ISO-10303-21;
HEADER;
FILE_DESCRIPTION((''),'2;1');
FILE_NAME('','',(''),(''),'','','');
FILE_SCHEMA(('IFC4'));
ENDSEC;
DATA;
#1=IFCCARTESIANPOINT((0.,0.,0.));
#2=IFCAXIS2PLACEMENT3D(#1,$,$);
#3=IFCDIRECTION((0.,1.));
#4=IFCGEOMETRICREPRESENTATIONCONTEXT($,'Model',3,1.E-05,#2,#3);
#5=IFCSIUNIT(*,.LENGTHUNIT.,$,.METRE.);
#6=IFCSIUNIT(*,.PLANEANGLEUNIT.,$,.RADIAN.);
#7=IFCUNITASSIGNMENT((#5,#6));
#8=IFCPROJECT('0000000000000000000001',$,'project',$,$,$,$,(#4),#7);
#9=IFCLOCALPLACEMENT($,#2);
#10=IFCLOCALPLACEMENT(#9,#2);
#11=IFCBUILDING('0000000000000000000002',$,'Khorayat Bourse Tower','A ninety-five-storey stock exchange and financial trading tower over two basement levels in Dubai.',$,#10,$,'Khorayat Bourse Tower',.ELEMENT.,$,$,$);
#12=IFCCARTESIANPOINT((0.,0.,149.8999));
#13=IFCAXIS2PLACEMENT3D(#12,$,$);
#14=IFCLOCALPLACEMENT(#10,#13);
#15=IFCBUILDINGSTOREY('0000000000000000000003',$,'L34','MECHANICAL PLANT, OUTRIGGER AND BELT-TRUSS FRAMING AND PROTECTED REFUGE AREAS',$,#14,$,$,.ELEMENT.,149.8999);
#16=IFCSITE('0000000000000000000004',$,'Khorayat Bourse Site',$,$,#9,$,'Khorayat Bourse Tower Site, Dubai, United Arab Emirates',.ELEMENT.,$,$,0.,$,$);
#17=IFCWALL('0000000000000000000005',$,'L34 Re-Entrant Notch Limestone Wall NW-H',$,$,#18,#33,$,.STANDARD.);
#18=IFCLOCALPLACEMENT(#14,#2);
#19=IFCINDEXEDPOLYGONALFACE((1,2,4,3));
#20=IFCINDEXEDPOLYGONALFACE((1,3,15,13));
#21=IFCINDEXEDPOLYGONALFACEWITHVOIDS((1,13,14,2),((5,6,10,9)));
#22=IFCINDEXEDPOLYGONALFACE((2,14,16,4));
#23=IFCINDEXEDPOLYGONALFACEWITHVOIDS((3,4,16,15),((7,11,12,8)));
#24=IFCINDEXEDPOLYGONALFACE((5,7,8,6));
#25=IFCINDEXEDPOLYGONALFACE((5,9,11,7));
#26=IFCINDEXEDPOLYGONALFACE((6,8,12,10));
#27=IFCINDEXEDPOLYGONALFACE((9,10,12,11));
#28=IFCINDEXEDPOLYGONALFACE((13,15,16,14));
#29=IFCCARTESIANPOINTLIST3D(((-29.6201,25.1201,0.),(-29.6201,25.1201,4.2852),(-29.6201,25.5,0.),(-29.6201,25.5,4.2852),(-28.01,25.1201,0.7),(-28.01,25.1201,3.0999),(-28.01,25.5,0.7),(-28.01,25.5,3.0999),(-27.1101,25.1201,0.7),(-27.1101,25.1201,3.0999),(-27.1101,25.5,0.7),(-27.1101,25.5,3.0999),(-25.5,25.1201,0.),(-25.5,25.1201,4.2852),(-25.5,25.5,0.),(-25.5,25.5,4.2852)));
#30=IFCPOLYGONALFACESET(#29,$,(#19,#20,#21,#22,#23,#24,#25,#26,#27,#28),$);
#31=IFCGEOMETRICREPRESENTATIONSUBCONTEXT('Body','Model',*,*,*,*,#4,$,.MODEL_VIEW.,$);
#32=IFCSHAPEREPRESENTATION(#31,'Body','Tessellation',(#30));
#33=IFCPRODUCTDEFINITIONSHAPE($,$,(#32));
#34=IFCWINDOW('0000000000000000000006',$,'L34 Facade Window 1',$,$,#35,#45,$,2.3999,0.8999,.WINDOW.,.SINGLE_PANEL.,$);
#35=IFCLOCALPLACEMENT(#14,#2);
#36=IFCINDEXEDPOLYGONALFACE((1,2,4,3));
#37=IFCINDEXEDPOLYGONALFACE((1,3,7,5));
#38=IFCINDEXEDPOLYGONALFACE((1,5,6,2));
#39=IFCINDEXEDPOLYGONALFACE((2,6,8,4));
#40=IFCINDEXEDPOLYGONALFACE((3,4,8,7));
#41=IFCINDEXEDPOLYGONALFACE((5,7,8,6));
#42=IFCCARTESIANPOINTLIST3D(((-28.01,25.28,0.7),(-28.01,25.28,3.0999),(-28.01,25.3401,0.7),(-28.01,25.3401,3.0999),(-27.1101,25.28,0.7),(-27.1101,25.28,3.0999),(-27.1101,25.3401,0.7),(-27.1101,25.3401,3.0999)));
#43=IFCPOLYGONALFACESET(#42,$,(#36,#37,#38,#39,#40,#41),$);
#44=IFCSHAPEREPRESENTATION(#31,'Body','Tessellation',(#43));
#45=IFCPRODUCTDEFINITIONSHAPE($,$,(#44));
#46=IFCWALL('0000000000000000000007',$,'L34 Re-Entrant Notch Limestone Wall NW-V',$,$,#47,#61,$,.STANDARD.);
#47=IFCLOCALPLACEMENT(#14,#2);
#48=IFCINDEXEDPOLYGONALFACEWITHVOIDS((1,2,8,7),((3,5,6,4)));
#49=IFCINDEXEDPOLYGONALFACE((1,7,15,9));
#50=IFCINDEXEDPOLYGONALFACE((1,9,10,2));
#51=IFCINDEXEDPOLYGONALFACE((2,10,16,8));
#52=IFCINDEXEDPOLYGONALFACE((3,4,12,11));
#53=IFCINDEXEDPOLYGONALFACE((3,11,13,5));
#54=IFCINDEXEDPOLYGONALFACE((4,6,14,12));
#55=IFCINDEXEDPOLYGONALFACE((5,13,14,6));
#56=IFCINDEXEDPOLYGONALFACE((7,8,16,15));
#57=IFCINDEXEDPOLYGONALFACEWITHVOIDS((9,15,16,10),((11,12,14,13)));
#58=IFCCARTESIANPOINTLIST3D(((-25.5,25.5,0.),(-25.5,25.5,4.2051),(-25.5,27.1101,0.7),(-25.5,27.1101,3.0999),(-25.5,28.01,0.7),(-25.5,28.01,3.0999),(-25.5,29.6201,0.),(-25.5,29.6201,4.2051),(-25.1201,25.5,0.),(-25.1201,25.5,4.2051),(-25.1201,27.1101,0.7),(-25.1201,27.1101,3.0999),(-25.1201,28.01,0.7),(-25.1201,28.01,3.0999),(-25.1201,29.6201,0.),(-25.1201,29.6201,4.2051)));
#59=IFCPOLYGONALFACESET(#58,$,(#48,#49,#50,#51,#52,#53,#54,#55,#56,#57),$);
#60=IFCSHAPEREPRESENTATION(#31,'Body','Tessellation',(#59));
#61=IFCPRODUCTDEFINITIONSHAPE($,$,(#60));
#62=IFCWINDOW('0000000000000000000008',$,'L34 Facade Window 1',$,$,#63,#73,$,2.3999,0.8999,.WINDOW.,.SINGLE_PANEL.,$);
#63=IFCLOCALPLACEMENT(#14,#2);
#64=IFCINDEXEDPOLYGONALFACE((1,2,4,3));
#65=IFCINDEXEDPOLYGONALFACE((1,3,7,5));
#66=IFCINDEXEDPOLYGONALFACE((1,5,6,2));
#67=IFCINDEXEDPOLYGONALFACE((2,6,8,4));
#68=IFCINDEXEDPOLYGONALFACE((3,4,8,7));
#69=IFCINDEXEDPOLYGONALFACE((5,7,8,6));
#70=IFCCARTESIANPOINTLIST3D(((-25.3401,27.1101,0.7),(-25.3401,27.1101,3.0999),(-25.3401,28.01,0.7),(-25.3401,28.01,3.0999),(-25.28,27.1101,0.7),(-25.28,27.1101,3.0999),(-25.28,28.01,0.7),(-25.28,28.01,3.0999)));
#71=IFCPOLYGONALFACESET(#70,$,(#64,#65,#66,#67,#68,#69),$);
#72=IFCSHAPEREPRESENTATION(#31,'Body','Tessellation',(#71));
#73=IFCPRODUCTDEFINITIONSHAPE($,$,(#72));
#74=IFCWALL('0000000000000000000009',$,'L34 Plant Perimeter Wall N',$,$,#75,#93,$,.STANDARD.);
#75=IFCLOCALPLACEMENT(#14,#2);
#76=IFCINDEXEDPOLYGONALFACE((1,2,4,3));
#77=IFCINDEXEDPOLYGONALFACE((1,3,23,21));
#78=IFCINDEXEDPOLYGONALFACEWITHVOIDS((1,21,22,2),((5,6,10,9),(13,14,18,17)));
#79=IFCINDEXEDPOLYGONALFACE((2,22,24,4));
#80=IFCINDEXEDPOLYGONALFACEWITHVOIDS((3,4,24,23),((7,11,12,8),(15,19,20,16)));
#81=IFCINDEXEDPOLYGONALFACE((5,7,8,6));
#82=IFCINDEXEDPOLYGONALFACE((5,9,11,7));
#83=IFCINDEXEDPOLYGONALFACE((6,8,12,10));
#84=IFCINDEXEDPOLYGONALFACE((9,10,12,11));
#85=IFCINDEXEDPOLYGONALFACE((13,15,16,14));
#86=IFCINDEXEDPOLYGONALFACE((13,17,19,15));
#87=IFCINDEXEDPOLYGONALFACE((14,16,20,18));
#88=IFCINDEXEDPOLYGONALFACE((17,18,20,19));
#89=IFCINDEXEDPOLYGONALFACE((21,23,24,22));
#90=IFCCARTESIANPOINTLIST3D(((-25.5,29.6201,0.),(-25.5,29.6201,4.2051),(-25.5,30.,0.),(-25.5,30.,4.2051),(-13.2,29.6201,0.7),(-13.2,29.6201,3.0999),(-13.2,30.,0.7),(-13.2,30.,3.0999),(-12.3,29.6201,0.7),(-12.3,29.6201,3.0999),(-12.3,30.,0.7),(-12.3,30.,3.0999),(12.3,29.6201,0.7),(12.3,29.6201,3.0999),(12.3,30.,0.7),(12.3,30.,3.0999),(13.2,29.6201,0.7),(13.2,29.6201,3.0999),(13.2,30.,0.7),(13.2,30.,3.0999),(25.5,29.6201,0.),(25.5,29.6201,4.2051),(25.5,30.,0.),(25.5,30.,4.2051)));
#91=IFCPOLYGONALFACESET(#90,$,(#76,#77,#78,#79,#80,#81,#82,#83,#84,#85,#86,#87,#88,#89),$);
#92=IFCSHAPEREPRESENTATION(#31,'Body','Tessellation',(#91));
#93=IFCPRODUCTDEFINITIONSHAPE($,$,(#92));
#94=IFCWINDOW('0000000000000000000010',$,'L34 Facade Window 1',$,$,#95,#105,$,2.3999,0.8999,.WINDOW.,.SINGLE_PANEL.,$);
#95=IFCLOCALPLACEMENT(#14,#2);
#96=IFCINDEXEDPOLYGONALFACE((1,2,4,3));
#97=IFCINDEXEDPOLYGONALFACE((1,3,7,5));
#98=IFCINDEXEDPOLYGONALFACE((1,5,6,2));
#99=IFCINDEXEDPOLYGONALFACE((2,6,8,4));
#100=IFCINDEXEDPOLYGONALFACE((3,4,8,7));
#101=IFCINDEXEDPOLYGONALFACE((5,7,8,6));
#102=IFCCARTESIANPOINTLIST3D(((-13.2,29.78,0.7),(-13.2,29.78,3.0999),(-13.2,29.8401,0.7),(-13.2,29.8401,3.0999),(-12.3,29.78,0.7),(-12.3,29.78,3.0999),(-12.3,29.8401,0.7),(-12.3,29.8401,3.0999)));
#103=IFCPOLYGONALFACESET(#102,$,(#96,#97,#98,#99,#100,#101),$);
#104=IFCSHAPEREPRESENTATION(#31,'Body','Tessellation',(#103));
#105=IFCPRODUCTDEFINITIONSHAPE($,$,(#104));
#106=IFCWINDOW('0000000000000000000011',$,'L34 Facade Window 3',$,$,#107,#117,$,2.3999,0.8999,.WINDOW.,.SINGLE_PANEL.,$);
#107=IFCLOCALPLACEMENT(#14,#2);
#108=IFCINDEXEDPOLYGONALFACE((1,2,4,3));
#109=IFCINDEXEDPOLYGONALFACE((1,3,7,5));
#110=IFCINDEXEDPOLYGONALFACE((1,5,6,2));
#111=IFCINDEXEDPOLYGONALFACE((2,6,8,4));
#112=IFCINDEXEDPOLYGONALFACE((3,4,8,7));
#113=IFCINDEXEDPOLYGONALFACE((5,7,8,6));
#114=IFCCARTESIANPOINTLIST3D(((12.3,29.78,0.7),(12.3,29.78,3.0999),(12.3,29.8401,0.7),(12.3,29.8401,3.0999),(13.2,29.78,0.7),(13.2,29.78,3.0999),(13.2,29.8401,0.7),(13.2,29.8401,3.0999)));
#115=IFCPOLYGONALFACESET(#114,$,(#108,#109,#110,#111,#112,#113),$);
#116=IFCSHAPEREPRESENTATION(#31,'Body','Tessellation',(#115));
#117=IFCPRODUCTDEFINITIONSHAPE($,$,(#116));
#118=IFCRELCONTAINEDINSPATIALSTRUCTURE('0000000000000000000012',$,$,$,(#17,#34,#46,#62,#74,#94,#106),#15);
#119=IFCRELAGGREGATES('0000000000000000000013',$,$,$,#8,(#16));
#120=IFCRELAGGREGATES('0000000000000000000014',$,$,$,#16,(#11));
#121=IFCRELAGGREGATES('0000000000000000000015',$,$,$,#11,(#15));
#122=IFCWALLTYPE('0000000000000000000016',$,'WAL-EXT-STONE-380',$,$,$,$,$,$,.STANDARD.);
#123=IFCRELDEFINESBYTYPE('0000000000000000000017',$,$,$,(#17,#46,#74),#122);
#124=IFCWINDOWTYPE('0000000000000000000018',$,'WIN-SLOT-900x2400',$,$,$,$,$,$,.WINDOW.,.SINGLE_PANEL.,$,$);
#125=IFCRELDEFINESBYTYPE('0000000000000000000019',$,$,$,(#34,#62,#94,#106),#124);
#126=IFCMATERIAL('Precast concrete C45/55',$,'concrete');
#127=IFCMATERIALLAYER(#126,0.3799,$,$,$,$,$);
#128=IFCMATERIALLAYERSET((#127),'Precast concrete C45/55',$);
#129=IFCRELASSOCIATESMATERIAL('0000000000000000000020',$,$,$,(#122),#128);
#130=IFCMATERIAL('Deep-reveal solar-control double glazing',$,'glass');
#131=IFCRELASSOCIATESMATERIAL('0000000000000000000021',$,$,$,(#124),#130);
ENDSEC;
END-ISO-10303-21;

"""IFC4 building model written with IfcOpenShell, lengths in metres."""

from ifc_helpers import new_model, si_unit, direction, frame, frame_2d, origin, place, context, subcontext, project, spatial, rectangle, extrude, source, transform, mapped, material, layer, layer_set, type_object, element, fill, save


model = new_model("IFC4")

# Units and contexts
model_context = context("Model", 3, precision=1e-05, world=origin(), true_north=direction((0.0, 1.0)))
body_context = subcontext(model_context, "Body", "Model", "MODEL_VIEW")
ifc_project = project(units=[si_unit("LENGTHUNIT", "METRE"), si_unit("PLANEANGLEUNIT", "RADIAN")], contexts=[model_context])

# Site, building, storey
site_placement = place(None, origin())
site = spatial("IfcSite", under=ifc_project, at=site_placement, Name="Khorayat Bourse Site", LongName="Khorayat Bourse Tower Site, Dubai, United Arab Emirates", CompositionType="ELEMENT", RefElevation=0.0)
building_placement = place(site_placement, origin())
building = spatial("IfcBuilding", under=site, at=building_placement, Name="Khorayat Bourse Tower", Description="A ninety-five-storey stock exchange and financial trading tower over two basement levels in Dubai.", LongName="Khorayat Bourse Tower", CompositionType="ELEMENT")
storey_placement = place(building_placement, frame((0.0, 0.0, 149.8999)))
storey = spatial("IfcBuildingStorey", under=building, at=storey_placement, Name="L34", Description="MECHANICAL PLANT, OUTRIGGER AND BELT-TRUSS FRAMING AND PROTECTED REFUGE AREAS", CompositionType="ELEMENT", Elevation=149.8999)

# Walls, openings, windows
ifc_material_1 = material(Name="Precast concrete C45/55", Category="concrete")
ifc_layer_1 = layer(ifc_material_1, 0.3799)
ifc_layer_set_1 = layer_set([ifc_layer_1], Name="Precast concrete C45/55")
wall_type_1 = type_object("IfcWallType", Name="WAL-EXT-STONE-380", PredefinedType="STANDARD", material=ifc_layer_set_1)
shared_shape_1 = source(origin(), body_context, "Body", "SweptSolid", [
    extrude(rectangle(XDim=4.1201, YDim=0.3799, at=frame_2d((2.0601, 0.0))), origin(), (0.0, 0.0, 1.0), 4.2852),
])
wall_1_placement = place(storey_placement, frame((-25.5, 25.3101, 0.0), z_axis=(0.0, 0.0, 1.0), x_axis=(-1.0, 0.0, 0.0)))
wall_1 = element("IfcWall", 1, at=wall_1_placement, inside=storey, type_object=wall_type_1, Name="L34 Re-Entrant Notch Limestone Wall NW-H", PredefinedType="STANDARD", context=body_context, shape_type="MappedRepresentation", body=[
    mapped(shared_shape_1, transform((0.0, 0.0, 0.0), scale=1.0)),
])
shared_shape_2 = source(origin(), body_context, "Body", "SweptSolid", [
    extrude(rectangle(XDim=0.8999, YDim=2.3999, at=frame_2d((0.45, 1.2))), frame((0.0, 0.2, 0.0), z_axis=(0.0, -1.0, 0.0), x_axis=(1.0, 0.0, 0.0)), (0.0, 0.0, 1.0), 0.3999),
])
opening_1_placement = place(wall_1_placement, frame((1.6101, 0.0, 0.7)))
opening_1 = element("IfcOpeningElement", 2, at=opening_1_placement, cuts=wall_1, PredefinedType="OPENING", context=body_context, shape_type="MappedRepresentation", body=[
    mapped(shared_shape_2, transform((0.0, 0.0, 0.0), scale=1.0)),
])
ifc_material_2 = material(Name="Deep-reveal solar-control double glazing", Category="glass")
window_type = type_object("IfcWindowType", Name="WIN-SLOT-900x2400", PartitioningType="SINGLE_PANEL", PredefinedType="WINDOW", material=ifc_material_2)
shared_shape_3 = source(origin(), body_context, "Body", "SweptSolid", [
    extrude(rectangle(XDim=0.8999, YDim=2.3999, at=frame_2d((0.45, 1.2))), frame((0.0, 0.03, 0.0), z_axis=(0.0, -1.0, 0.0), x_axis=(1.0, 0.0, 0.0)), (0.0, 0.0, 1.0), 0.0601),
])
window_1_placement = place(opening_1_placement, origin())
window_1 = element("IfcWindow", 3, at=window_1_placement, inside=storey, type_object=window_type, Name="L34 Facade Window 1", OverallHeight=2.3999, OverallWidth=0.8999, PartitioningType="SINGLE_PANEL", PredefinedType="WINDOW", context=body_context, shape_type="MappedRepresentation", body=[
    mapped(shared_shape_3, transform((0.0, 0.0, 0.0), scale=1.0)),
])
fill(opening_1, window_1)
shared_shape_4 = source(origin(), body_context, "Body", "SweptSolid", [
    extrude(rectangle(XDim=4.1201, YDim=0.3799, at=frame_2d((2.0601, 0.0))), origin(), (0.0, 0.0, 1.0), 4.2051),
])
wall_2_placement = place(storey_placement, frame((-25.3101, 25.5, 0.0), z_axis=(0.0, 0.0, 1.0), x_axis=(0.0, 1.0, 0.0)))
wall_2 = element("IfcWall", 4, at=wall_2_placement, inside=storey, type_object=wall_type_1, Name="L34 Re-Entrant Notch Limestone Wall NW-V", PredefinedType="STANDARD", context=body_context, shape_type="MappedRepresentation", body=[
    mapped(shared_shape_4, transform((0.0, 0.0, 0.0), scale=1.0)),
])
opening_2_placement = place(wall_2_placement, frame((1.6101, 0.0, 0.7)))
opening_2 = element("IfcOpeningElement", 5, at=opening_2_placement, cuts=wall_2, PredefinedType="OPENING", context=body_context, shape_type="MappedRepresentation", body=[
    mapped(shared_shape_2, transform((0.0, 0.0, 0.0), scale=1.0)),
])
window_2_placement = place(opening_2_placement, origin())
window_2 = element("IfcWindow", 6, at=window_2_placement, inside=storey, type_object=window_type, Name="L34 Facade Window 1", OverallHeight=2.3999, OverallWidth=0.8999, PartitioningType="SINGLE_PANEL", PredefinedType="WINDOW", context=body_context, shape_type="MappedRepresentation", body=[
    mapped(shared_shape_3, transform((0.0, 0.0, 0.0), scale=1.0)),
])
fill(opening_2, window_2)

# Wall, openings, windows
shared_shape_5 = source(origin(), body_context, "Body", "SweptSolid", [
    extrude(rectangle(XDim=51.0, YDim=0.3799, at=frame_2d((25.5, 0.0))), origin(), (0.0, 0.0, 1.0), 4.2051),
])
wall_3_placement = place(storey_placement, frame((-25.5, 29.8101, 0.0), z_axis=(0.0, 0.0, 1.0), x_axis=(1.0, 0.0, 0.0)))
wall_3 = element("IfcWall", 7, at=wall_3_placement, inside=storey, type_object=wall_type_1, Name="L34 Plant Perimeter Wall N", PredefinedType="STANDARD", context=body_context, shape_type="MappedRepresentation", body=[
    mapped(shared_shape_5, transform((0.0, 0.0, 0.0), scale=1.0)),
])
opening_3_placement = place(wall_3_placement, frame((12.3, 0.0, 0.7)))
opening_3 = element("IfcOpeningElement", 8, at=opening_3_placement, cuts=wall_3, PredefinedType="OPENING", context=body_context, shape_type="MappedRepresentation", body=[
    mapped(shared_shape_2, transform((0.0, 0.0, 0.0), scale=1.0)),
])
opening_4_placement = place(wall_3_placement, frame((37.8, 0.0, 0.7)))
opening_4 = element("IfcOpeningElement", 9, at=opening_4_placement, cuts=wall_3, PredefinedType="OPENING", context=body_context, shape_type="MappedRepresentation", body=[
    mapped(shared_shape_2, transform((0.0, 0.0, 0.0), scale=1.0)),
])
window_3_placement = place(opening_3_placement, origin())
window_3 = element("IfcWindow", 10, at=window_3_placement, inside=storey, type_object=window_type, Name="L34 Facade Window 1", OverallHeight=2.3999, OverallWidth=0.8999, PartitioningType="SINGLE_PANEL", PredefinedType="WINDOW", context=body_context, shape_type="MappedRepresentation", body=[
    mapped(shared_shape_3, transform((0.0, 0.0, 0.0), scale=1.0)),
])
fill(opening_3, window_3)
window_4_placement = place(opening_4_placement, origin())
window_4 = element("IfcWindow", 11, at=window_4_placement, inside=storey, type_object=window_type, Name="L34 Facade Window 3", OverallHeight=2.3999, OverallWidth=0.8999, PartitioningType="SINGLE_PANEL", PredefinedType="WINDOW", context=body_context, shape_type="MappedRepresentation", body=[
    mapped(shared_shape_3, transform((0.0, 0.0, 0.0), scale=1.0)),
])
fill(opening_4, window_4)

save(model, "model.ifc")
